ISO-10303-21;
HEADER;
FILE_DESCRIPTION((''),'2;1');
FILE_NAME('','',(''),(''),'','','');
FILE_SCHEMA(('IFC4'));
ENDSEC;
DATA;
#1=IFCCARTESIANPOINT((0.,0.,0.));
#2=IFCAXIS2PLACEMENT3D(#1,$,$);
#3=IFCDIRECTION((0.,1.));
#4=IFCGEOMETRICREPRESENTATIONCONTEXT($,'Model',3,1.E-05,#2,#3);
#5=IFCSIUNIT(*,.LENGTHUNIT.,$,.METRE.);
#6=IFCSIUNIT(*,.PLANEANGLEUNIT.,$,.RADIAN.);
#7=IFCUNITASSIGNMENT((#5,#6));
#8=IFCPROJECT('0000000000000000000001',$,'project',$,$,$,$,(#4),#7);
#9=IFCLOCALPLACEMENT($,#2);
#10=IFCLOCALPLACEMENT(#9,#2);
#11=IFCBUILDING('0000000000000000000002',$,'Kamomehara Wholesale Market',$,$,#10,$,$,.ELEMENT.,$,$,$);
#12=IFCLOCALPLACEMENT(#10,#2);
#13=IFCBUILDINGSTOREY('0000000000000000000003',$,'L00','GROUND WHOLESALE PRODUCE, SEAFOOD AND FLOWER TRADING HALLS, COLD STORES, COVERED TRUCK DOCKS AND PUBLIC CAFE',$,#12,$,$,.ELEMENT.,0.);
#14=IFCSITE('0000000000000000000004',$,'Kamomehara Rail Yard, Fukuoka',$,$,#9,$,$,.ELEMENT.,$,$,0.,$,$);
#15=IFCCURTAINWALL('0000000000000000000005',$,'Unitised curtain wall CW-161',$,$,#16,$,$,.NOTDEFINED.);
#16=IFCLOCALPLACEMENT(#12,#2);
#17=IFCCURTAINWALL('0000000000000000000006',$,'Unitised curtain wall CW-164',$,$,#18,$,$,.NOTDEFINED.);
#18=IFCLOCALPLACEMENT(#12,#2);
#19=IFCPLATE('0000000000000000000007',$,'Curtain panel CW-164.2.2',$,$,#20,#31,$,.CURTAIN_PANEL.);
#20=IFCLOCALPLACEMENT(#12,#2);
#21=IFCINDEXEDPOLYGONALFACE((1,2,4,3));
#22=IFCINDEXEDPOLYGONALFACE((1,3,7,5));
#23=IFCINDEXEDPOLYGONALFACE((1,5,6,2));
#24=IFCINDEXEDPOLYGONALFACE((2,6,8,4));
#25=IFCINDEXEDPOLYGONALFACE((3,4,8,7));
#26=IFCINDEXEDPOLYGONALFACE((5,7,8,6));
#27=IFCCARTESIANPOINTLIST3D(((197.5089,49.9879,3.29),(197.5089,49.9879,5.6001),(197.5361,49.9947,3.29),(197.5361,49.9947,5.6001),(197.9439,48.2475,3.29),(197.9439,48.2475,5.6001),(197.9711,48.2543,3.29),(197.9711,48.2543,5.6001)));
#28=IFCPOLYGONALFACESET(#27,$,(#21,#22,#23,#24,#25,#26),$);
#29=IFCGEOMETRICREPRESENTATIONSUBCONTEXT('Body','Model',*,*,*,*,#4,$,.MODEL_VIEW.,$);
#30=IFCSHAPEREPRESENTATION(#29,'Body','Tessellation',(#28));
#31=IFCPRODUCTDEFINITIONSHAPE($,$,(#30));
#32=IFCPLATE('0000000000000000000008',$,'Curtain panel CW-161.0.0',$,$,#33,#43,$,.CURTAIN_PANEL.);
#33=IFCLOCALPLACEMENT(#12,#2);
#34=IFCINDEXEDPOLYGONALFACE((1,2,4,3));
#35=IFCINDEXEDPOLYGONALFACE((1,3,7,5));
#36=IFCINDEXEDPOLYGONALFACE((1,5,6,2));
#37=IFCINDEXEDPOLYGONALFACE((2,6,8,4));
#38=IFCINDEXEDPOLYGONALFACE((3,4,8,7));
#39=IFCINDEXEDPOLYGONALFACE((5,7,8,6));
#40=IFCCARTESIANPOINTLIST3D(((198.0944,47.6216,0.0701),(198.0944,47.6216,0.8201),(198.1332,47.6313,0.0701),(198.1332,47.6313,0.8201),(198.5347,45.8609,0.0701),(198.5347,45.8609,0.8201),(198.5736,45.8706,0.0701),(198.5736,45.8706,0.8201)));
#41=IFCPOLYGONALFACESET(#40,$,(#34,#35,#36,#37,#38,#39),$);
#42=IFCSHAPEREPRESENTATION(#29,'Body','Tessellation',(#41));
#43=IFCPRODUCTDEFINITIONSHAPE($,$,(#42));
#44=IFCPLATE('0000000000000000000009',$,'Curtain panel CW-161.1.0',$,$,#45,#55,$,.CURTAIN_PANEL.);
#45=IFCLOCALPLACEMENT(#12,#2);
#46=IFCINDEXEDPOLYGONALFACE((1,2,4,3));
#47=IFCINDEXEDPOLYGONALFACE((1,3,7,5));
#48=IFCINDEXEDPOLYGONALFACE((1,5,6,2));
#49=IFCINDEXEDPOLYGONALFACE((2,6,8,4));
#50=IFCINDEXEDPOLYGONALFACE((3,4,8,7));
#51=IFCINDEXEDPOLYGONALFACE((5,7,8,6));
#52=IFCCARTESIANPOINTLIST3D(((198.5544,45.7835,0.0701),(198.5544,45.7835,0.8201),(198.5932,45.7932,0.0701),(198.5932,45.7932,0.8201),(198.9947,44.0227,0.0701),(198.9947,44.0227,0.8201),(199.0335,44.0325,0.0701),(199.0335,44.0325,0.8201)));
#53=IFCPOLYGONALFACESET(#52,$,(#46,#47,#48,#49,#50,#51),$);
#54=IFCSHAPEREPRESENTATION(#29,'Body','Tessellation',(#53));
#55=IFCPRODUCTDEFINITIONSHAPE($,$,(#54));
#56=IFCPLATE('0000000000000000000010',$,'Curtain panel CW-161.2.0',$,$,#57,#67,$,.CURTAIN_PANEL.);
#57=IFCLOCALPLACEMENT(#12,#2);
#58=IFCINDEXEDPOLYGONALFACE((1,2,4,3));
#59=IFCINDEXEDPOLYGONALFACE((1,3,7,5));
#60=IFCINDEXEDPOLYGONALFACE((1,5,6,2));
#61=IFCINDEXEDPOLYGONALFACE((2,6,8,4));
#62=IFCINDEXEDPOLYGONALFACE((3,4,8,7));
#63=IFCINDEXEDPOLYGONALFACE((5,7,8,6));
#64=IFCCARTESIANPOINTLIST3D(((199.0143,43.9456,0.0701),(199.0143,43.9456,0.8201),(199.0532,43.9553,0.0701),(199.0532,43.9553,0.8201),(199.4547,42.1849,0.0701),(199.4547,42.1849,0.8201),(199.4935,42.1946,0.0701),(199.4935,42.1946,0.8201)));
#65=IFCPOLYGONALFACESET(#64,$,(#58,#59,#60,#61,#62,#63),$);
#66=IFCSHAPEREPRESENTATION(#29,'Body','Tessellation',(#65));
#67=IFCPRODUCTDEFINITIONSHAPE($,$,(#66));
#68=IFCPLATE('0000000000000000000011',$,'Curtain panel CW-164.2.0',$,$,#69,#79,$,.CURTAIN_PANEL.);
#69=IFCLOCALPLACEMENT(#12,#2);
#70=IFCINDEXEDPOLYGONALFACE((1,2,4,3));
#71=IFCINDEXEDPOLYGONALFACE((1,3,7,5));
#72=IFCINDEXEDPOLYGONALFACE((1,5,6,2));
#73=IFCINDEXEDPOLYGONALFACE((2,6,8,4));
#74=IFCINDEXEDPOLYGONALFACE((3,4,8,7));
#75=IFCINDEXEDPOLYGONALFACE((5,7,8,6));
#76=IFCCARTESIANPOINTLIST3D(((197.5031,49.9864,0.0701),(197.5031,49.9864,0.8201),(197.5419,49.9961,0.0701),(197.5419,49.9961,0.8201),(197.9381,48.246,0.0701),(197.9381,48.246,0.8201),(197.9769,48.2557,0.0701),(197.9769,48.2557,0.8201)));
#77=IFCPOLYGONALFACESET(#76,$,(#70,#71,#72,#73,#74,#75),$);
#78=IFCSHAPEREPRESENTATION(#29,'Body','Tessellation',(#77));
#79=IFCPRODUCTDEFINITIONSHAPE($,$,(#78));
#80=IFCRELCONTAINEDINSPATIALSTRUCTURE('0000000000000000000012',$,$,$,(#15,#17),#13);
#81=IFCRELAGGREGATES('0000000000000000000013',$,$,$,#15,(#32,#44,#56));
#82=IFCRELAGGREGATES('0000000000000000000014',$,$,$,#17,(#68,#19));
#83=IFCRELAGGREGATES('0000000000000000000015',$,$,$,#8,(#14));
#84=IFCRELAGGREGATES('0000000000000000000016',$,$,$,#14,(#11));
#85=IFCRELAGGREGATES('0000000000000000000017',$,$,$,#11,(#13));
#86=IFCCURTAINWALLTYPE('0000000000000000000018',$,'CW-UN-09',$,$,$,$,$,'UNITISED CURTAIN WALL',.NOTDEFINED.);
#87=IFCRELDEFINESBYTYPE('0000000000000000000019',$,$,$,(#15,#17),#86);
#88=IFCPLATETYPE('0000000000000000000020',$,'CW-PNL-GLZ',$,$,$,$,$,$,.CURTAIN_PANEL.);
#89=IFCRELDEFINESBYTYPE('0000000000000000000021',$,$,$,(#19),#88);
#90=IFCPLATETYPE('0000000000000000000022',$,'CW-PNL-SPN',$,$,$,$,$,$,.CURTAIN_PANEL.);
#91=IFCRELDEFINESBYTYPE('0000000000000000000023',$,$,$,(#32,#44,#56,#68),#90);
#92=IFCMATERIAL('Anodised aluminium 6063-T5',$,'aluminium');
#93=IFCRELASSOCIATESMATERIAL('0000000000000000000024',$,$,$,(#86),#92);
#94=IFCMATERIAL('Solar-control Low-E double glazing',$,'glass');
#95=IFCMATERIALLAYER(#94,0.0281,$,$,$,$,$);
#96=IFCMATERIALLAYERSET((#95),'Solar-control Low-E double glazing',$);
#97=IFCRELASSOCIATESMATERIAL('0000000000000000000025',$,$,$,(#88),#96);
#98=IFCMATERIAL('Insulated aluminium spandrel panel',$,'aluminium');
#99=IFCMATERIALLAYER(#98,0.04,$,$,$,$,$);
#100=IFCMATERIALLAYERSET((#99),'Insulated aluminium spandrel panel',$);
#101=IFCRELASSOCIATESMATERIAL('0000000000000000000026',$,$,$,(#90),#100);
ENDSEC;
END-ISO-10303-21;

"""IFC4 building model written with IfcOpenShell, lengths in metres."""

from ifc_helpers import new_model, si_unit, direction, frame, origin, origin_2d, place, context, subcontext, project, spatial, rectangle, extrude, material, layer, layer_set, type_object, element, aggregate, save


model = new_model("IFC4")

# Units and contexts
model_context = context("Model", 3, precision=1e-05, world=origin(), true_north=direction((0.0, 1.0)))
body_context = subcontext(model_context, "Body", "Model", "MODEL_VIEW")
ifc_project = project(units=[si_unit("LENGTHUNIT", "METRE"), si_unit("PLANEANGLEUNIT", "RADIAN")], contexts=[model_context])

# Site, building, storey
site_placement = place(None, origin())
site = spatial("IfcSite", under=ifc_project, at=site_placement, Name="Kamomehara Rail Yard, Fukuoka", CompositionType="ELEMENT", RefElevation=0.0)
building_placement = place(site_placement, origin())
building = spatial("IfcBuilding", under=site, at=building_placement, Name="Kamomehara Wholesale Market", CompositionType="ELEMENT")
storey_placement = place(building_placement, origin())
storey = spatial("IfcBuildingStorey", under=building, at=storey_placement, Name="L00", Description="GROUND WHOLESALE PRODUCE, SEAFOOD AND FLOWER TRADING HALLS, COLD STORES, COVERED TRUCK DOCKS AND PUBLIC CAFE", CompositionType="ELEMENT", Elevation=0.0)

# Curtain wall
ifc_material_1 = material(Name="Anodised aluminium 6063-T5", Category="aluminium")
curtain_wall_type = type_object("IfcCurtainWallType", Name="CW-UN-09", ElementType="UNITISED CURTAIN WALL", PredefinedType="NOTDEFINED", material=ifc_material_1)
curtain_wall_1_placement = place(storey_placement, origin())
curtain_wall_1 = element("IfcCurtainWall", 1, at=curtain_wall_1_placement, inside=storey, type_object=curtain_wall_type, Name="Unitised curtain wall CW-161", PredefinedType="NOTDEFINED")

# Curtain wall
curtain_wall_2_placement = place(storey_placement, origin())
curtain_wall_2 = element("IfcCurtainWall", 2, at=curtain_wall_2_placement, inside=storey, type_object=curtain_wall_type, Name="Unitised curtain wall CW-164", PredefinedType="NOTDEFINED")

# Plates
ifc_material_2 = material(Name="Solar-control Low-E double glazing", Category="glass")
ifc_layer_1 = layer(ifc_material_2, 0.0281)
ifc_layer_set_1 = layer_set([ifc_layer_1], Name="Solar-control Low-E double glazing")
plate_type_1 = type_object("IfcPlateType", Name="CW-PNL-GLZ", PredefinedType="CURTAIN_PANEL", material=ifc_layer_set_1)
plate_1_placement = place(storey_placement, frame((197.74, 49.1211, 3.29), z_axis=(0.0, 0.0, 1.0), x_axis=(0.242498, -0.970152, 0.0)))
plate_1 = element("IfcPlate", 3, at=plate_1_placement, type_object=plate_type_1, Name="Curtain panel CW-164.2.2", PredefinedType="CURTAIN_PANEL", context=body_context, shape_type="SweptSolid", body=[
    extrude(rectangle(XDim=1.7939, YDim=0.0281, at=origin_2d()), origin(), (0.0, 0.0, 1.0), 2.3101),
])
ifc_material_3 = material(Name="Insulated aluminium spandrel panel", Category="aluminium")
ifc_layer_2 = layer(ifc_material_3, 0.04)
ifc_layer_set_2 = layer_set([ifc_layer_2], Name="Insulated aluminium spandrel panel")
plate_type_2 = type_object("IfcPlateType", Name="CW-PNL-SPN", PredefinedType="CURTAIN_PANEL", material=ifc_layer_set_2)
plate_2_placement = place(storey_placement, frame((198.334, 46.7461, 0.0701), z_axis=(0.0, 0.0, 1.0), x_axis=(0.242616, -0.970122, 0.0)))
plate_2 = element("IfcPlate", 4, at=plate_2_placement, type_object=plate_type_2, Name="Curtain panel CW-161.0.0", PredefinedType="CURTAIN_PANEL", context=body_context, shape_type="SweptSolid", body=[
    extrude(rectangle(XDim=1.8149, YDim=0.04, at=origin_2d()), origin(), (0.0, 0.0, 1.0), 0.75),
])
plate_3_placement = place(storey_placement, frame((198.7939, 44.908, 0.0701), z_axis=(0.0, 0.0, 1.0), x_axis=(0.242616, -0.970122, 0.0)))
plate_3 = element("IfcPlate", 5, at=plate_3_placement, type_object=plate_type_2, Name="Curtain panel CW-161.1.0", PredefinedType="CURTAIN_PANEL", context=body_context, shape_type="SweptSolid", body=[
    extrude(rectangle(XDim=1.8149, YDim=0.04, at=origin_2d()), origin(), (0.0, 0.0, 1.0), 0.75),
])
plate_4_placement = place(storey_placement, frame((199.2539, 43.0701, 0.0701), z_axis=(0.0, 0.0, 1.0), x_axis=(0.242616, -0.970122, 0.0)))
plate_4 = element("IfcPlate", 6, at=plate_4_placement, type_object=plate_type_2, Name="Curtain panel CW-161.2.0", PredefinedType="CURTAIN_PANEL", context=body_context, shape_type="SweptSolid", body=[
    extrude(rectangle(XDim=1.8149, YDim=0.04, at=origin_2d()), origin(), (0.0, 0.0, 1.0), 0.75),
])
aggregate(curtain_wall_1, [plate_2, plate_3, plate_4])
plate_5_placement = place(storey_placement, frame((197.74, 49.1211, 0.0701), z_axis=(0.0, 0.0, 1.0), x_axis=(0.242498, -0.970152, 0.0)))
plate_5 = element("IfcPlate", 7, at=plate_5_placement, type_object=plate_type_2, Name="Curtain panel CW-164.2.0", PredefinedType="CURTAIN_PANEL", context=body_context, shape_type="SweptSolid", body=[
    extrude(rectangle(XDim=1.7939, YDim=0.04, at=origin_2d()), origin(), (0.0, 0.0, 1.0), 0.75),
])
aggregate(curtain_wall_2, [plate_5, plate_1])

save(model, "model.ifc")
